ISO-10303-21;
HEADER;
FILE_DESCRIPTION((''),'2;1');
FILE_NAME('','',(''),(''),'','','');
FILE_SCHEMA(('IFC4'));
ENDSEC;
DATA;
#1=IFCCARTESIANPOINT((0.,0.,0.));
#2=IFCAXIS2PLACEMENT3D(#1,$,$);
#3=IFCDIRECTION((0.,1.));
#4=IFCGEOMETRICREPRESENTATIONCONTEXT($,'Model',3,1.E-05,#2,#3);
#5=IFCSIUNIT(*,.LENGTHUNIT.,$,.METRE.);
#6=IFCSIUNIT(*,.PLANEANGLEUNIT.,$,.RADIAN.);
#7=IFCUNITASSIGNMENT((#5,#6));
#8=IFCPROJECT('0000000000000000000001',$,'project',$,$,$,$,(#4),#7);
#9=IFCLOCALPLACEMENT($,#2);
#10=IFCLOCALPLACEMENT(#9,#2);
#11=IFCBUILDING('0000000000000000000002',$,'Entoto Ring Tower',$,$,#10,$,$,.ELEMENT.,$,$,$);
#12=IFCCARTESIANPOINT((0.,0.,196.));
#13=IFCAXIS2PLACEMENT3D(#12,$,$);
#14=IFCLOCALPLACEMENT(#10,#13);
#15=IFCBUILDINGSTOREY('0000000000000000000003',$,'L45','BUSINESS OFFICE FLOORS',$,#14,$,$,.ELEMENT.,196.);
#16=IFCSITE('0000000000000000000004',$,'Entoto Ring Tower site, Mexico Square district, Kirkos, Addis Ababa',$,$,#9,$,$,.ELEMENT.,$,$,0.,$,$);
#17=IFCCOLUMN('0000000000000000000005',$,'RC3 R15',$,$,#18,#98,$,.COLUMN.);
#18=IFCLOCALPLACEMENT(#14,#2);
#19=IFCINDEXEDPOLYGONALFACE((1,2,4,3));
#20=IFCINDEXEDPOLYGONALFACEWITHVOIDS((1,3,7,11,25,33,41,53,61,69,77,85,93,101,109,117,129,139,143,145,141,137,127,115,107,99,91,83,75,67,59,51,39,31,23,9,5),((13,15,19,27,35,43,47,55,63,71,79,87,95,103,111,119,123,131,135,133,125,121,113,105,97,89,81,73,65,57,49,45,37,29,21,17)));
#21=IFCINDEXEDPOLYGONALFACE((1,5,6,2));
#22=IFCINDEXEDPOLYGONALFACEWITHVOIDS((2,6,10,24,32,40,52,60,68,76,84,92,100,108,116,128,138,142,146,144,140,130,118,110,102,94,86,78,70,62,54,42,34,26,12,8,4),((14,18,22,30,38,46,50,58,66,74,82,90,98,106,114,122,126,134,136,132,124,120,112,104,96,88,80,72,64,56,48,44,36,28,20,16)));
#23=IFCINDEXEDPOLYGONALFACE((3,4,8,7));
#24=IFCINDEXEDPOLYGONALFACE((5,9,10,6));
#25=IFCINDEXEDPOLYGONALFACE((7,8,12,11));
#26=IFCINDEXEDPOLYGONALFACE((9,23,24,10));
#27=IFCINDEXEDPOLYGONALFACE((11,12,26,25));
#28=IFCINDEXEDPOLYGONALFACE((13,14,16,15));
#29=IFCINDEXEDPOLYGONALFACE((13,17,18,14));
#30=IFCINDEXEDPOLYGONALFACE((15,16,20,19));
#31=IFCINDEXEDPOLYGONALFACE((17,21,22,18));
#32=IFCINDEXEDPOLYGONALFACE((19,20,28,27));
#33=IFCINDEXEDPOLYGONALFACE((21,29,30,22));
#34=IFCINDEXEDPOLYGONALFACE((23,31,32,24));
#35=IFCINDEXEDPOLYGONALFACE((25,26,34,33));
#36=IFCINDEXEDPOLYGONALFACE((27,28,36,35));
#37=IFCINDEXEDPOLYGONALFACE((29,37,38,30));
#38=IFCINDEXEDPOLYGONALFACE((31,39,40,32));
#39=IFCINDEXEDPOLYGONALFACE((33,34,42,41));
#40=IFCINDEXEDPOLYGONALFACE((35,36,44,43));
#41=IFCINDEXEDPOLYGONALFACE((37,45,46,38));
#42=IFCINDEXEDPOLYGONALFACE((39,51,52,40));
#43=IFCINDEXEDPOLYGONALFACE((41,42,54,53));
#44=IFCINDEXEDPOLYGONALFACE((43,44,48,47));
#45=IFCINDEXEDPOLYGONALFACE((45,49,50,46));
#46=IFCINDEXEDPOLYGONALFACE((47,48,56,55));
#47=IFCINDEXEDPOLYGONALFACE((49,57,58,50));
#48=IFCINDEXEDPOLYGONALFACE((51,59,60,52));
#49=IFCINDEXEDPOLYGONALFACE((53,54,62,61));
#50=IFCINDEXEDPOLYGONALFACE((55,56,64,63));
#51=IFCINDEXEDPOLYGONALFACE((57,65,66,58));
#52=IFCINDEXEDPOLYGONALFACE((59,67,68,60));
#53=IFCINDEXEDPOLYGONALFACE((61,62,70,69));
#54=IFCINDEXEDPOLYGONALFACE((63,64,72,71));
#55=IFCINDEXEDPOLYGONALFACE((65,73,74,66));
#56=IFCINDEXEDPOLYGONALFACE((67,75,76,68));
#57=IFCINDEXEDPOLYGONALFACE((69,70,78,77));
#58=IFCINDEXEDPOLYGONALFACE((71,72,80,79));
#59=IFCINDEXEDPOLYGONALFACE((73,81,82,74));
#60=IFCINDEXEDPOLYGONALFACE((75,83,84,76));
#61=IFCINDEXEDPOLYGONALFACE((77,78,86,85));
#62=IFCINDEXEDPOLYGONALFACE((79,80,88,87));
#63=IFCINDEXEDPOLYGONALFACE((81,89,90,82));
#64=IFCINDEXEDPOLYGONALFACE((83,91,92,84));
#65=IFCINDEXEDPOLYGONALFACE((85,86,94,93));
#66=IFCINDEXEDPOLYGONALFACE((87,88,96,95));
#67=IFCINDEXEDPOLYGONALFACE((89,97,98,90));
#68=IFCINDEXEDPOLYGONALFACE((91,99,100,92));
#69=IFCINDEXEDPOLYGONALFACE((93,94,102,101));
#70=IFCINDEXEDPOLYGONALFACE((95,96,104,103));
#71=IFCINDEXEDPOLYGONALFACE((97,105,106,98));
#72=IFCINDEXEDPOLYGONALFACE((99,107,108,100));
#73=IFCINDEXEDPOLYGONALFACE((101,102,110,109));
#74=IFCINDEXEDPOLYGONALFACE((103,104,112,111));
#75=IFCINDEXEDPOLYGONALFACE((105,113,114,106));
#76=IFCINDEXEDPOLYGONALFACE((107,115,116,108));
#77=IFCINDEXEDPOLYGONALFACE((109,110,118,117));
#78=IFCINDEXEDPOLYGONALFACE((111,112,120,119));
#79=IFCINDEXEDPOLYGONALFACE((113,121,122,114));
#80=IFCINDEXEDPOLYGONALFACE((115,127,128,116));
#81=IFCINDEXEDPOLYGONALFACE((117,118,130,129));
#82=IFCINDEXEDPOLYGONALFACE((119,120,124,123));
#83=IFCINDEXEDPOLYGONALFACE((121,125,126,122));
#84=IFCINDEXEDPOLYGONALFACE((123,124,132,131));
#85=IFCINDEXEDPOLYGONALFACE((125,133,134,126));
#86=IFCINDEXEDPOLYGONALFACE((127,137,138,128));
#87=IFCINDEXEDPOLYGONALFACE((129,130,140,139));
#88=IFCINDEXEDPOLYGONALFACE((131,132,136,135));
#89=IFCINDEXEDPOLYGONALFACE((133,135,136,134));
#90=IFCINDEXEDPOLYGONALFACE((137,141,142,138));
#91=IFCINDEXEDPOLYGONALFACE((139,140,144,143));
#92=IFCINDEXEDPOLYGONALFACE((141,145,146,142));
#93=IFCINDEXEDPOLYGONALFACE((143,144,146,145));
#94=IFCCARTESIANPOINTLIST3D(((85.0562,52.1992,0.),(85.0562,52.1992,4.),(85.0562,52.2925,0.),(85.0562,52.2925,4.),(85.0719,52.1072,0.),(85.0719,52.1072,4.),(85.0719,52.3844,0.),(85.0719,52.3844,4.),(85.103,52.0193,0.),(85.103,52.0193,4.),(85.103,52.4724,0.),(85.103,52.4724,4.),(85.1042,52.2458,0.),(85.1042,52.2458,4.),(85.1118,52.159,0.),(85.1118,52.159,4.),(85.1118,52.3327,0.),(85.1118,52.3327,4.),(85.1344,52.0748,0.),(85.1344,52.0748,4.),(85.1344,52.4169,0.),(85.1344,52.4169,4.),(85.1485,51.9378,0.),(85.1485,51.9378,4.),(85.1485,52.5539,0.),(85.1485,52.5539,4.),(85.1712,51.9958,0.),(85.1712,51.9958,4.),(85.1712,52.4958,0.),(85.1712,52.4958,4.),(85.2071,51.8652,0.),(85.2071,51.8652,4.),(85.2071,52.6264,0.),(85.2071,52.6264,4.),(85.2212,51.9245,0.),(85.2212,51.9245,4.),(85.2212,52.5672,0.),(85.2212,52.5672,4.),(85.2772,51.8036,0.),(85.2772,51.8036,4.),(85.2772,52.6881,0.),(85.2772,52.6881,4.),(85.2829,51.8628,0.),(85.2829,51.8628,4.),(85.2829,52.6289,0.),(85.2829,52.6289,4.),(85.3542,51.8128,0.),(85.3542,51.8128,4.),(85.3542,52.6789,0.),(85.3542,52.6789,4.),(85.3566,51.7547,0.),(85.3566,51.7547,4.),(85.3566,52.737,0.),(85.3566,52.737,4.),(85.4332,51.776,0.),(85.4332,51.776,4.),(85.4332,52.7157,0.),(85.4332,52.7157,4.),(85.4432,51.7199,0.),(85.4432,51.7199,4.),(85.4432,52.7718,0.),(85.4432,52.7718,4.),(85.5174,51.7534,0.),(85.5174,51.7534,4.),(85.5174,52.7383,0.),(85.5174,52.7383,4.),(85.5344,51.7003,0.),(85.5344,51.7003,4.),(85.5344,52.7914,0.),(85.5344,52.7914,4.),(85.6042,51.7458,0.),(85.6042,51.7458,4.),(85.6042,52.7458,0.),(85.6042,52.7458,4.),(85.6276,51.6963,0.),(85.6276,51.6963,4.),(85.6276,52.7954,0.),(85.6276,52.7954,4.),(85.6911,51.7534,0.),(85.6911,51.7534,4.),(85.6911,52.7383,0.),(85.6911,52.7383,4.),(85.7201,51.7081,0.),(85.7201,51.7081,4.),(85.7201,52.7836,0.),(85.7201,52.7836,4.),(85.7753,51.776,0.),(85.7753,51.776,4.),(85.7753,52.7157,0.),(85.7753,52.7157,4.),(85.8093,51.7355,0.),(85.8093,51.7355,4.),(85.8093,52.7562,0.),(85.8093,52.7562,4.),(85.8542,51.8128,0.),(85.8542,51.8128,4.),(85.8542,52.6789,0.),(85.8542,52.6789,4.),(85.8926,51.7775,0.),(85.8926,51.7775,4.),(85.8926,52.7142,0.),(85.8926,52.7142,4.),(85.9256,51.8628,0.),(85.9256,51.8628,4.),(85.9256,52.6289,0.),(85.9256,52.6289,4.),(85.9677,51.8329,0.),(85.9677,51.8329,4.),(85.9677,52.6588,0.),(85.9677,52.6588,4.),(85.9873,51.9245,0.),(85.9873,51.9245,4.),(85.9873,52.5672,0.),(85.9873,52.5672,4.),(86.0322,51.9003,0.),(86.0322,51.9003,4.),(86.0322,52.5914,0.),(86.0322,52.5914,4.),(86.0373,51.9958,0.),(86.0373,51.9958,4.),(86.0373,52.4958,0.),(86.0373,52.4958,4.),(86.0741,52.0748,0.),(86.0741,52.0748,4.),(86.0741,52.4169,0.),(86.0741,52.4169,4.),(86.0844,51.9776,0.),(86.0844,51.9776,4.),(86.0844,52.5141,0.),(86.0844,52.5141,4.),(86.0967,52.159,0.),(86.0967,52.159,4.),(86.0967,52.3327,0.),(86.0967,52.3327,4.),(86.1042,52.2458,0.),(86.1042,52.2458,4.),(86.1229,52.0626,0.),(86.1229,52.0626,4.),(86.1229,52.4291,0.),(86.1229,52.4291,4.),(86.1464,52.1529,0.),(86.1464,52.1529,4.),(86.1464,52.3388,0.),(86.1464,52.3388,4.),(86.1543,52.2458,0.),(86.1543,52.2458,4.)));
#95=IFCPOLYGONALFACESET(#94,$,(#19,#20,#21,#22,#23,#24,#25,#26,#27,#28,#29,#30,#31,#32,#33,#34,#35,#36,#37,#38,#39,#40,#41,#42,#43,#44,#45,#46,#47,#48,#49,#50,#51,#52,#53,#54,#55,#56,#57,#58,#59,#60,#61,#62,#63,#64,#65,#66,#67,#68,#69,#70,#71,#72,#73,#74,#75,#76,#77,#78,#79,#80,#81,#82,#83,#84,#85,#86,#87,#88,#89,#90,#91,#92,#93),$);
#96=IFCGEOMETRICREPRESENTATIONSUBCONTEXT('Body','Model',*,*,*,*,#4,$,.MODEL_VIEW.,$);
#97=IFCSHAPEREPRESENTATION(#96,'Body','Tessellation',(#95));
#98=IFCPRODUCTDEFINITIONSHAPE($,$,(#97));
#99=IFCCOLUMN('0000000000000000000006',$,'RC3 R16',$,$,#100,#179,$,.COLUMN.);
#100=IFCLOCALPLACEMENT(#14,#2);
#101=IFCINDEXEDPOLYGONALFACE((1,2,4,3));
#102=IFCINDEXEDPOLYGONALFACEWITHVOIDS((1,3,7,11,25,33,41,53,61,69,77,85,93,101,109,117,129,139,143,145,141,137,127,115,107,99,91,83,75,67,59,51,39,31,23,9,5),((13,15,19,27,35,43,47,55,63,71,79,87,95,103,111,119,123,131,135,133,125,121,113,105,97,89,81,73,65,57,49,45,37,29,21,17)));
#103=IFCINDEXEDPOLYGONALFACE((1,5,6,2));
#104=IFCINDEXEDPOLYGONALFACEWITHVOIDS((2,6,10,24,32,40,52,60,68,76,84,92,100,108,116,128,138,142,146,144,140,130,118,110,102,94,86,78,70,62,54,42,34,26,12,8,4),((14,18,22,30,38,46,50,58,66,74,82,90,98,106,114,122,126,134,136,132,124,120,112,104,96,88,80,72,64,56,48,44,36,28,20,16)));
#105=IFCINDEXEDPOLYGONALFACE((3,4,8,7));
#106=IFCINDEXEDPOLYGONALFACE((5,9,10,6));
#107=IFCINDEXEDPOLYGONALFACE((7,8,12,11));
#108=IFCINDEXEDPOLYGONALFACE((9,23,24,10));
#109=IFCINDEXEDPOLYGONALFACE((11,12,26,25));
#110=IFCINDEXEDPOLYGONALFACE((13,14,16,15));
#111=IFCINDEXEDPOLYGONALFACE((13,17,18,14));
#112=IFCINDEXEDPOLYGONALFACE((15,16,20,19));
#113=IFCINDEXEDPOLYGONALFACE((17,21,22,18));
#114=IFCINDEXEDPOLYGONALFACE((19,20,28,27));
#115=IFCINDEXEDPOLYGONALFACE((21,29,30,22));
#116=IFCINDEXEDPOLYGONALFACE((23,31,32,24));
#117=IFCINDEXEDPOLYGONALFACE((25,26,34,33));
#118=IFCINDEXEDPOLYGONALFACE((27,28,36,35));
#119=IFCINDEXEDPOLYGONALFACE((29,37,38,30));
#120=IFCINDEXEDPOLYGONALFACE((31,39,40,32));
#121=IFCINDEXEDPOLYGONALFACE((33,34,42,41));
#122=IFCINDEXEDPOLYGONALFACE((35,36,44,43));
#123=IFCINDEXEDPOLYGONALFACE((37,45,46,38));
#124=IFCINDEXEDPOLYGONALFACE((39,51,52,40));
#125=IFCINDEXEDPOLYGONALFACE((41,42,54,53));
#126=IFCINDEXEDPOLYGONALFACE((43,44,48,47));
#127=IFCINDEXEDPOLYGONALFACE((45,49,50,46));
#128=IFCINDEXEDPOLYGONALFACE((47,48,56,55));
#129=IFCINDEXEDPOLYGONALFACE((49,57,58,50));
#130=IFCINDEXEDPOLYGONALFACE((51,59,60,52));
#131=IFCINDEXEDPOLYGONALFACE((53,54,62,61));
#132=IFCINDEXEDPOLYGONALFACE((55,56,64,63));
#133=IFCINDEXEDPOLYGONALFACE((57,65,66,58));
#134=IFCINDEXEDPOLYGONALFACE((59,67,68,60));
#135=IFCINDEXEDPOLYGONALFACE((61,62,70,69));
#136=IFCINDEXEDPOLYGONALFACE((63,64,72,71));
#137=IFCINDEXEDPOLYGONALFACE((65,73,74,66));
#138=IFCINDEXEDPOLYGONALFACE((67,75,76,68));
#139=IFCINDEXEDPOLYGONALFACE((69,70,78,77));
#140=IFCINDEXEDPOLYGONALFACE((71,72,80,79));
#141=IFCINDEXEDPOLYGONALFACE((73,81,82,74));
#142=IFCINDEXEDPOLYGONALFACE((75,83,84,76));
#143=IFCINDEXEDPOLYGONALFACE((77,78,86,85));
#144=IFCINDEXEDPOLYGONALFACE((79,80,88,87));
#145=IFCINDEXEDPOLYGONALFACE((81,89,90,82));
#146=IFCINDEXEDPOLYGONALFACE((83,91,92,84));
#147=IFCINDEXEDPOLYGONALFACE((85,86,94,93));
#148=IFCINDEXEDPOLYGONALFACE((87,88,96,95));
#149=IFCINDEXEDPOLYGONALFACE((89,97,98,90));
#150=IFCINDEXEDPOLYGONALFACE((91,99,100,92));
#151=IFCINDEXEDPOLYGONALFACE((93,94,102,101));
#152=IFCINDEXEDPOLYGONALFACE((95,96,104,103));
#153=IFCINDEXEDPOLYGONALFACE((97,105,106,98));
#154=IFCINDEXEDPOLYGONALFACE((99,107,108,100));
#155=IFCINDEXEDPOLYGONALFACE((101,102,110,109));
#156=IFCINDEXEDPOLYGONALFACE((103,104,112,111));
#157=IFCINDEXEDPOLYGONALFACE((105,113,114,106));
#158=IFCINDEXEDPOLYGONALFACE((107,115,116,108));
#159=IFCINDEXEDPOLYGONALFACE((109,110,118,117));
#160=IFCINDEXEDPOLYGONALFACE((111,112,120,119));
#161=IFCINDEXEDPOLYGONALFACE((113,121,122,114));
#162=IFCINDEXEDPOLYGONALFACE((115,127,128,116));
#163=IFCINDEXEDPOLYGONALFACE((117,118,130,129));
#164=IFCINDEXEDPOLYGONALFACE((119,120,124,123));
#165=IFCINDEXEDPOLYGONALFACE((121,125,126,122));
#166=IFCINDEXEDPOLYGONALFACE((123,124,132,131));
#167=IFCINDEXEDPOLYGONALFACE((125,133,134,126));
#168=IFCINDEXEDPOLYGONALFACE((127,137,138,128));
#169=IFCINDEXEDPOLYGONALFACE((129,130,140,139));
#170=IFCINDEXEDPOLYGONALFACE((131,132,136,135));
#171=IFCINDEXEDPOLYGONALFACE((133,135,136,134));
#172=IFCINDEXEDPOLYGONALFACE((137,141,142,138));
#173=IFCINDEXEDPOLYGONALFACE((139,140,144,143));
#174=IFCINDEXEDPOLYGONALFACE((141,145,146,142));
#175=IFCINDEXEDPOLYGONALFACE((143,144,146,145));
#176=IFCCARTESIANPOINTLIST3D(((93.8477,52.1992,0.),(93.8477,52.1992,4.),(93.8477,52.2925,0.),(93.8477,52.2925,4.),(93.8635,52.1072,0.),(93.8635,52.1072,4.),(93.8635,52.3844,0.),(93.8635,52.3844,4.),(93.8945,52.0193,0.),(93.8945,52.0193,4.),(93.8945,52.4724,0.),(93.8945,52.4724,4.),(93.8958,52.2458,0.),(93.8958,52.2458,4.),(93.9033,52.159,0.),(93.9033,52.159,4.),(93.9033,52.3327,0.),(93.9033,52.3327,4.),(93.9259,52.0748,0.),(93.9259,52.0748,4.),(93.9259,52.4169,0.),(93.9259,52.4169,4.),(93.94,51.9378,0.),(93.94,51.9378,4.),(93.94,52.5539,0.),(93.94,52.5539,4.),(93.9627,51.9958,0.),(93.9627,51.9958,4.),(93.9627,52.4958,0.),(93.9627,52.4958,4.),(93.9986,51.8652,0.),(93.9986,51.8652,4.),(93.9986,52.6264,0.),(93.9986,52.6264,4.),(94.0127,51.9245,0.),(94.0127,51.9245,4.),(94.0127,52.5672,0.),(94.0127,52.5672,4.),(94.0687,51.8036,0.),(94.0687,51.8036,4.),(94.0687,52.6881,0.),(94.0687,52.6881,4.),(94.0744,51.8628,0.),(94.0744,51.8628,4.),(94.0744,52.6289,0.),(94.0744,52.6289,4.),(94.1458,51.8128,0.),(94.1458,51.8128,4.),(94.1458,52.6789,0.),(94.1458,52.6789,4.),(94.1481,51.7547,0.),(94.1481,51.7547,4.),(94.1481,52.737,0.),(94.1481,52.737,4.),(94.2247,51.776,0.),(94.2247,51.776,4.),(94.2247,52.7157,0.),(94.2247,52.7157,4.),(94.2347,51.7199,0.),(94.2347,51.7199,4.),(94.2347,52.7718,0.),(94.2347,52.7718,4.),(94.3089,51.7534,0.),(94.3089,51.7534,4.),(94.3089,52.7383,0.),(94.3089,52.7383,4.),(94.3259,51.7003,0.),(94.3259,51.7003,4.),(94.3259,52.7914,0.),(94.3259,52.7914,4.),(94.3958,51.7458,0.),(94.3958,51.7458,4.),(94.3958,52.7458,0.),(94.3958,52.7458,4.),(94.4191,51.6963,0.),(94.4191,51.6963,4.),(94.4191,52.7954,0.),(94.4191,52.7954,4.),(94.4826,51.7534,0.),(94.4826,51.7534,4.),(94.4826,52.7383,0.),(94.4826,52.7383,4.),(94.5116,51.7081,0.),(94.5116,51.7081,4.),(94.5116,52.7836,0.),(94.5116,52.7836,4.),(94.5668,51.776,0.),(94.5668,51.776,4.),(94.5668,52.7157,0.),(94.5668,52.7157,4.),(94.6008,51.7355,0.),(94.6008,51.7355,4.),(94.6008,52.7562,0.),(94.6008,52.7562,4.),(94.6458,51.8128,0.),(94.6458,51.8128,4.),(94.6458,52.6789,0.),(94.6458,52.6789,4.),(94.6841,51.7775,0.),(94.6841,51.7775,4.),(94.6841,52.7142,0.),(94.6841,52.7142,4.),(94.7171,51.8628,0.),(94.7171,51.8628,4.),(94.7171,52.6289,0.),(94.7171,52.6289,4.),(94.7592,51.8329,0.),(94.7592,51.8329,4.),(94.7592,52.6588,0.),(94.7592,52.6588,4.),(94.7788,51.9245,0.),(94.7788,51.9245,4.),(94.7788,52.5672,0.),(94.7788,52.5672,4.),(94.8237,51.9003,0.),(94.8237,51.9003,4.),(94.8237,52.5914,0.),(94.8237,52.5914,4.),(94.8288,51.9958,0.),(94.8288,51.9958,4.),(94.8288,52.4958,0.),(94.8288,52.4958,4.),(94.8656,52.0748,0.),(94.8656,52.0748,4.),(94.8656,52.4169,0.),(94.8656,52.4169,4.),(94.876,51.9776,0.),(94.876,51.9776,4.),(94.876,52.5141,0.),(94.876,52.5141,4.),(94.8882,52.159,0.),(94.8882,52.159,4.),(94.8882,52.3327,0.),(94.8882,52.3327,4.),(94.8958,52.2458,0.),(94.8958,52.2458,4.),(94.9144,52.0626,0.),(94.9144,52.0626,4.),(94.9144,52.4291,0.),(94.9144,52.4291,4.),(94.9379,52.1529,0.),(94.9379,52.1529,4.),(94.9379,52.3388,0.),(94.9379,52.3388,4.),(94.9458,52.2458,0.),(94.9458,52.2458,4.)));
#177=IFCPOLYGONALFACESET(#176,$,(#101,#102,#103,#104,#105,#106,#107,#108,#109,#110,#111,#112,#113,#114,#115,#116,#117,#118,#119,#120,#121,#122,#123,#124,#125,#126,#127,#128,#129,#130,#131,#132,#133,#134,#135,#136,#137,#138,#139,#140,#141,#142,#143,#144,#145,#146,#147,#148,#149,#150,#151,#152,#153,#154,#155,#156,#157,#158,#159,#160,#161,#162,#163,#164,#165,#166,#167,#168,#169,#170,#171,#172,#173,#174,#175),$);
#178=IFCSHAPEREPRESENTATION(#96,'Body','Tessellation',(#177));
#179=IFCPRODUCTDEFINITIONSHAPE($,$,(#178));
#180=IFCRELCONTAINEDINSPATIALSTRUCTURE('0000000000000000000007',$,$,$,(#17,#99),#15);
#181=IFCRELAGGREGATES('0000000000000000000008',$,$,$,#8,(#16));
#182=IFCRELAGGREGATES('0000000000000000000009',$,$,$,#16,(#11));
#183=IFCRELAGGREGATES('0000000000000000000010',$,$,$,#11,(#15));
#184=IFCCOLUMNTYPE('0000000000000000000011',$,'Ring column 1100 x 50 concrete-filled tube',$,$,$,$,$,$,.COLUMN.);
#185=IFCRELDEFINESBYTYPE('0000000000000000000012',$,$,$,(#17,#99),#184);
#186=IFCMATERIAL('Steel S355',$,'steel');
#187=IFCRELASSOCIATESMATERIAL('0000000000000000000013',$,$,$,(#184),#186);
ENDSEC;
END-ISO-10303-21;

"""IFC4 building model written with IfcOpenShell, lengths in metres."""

from ifc_helpers import new_model, si_unit, direction, frame, origin, origin_2d, place, context, subcontext, project, spatial, circle, hollow_circle, extrude, material, material_profile, profile_set, type_object, element, save


model = new_model("IFC4")

# Units and contexts
model_context = context("Model", 3, precision=1e-05, world=origin(), true_north=direction((0.0, 1.0)))
body_context = subcontext(model_context, "Body", "Model", "MODEL_VIEW")
ifc_project = project(units=[si_unit("LENGTHUNIT", "METRE"), si_unit("PLANEANGLEUNIT", "RADIAN")], contexts=[model_context])

# Site, building, storey
site_placement = place(None, origin())
site = spatial("IfcSite", under=ifc_project, at=site_placement, Name="Entoto Ring Tower site, Mexico Square district, Kirkos, Addis Ababa", CompositionType="ELEMENT", RefElevation=0.0)
building_placement = place(site_placement, origin())
building = spatial("IfcBuilding", under=site, at=building_placement, Name="Entoto Ring Tower", CompositionType="ELEMENT")
storey_placement = place(building_placement, frame((0.0, 0.0, 196.0)))
storey = spatial("IfcBuildingStorey", under=building, at=storey_placement, Name="L45", Description="BUSINESS OFFICE FLOORS", CompositionType="ELEMENT", Elevation=196.0)

# Columns
ifc_material_1 = material(Name="Steel S355", Category="steel")
ifc_material_profile_1 = material_profile(ifc_material_1, hollow_circle(Radius=0.55, WallThickness=0.05, at=origin_2d()), Name="CHS 1100 x 50")
ifc_material_2 = material(Name="Concrete C60/75", Category="concrete")
ifc_material_profile_2 = material_profile(ifc_material_2, circle(Radius=0.5, at=origin_2d()), Name="Concrete C60/75 infill")
ifc_profile_set_1 = profile_set([ifc_material_profile_1, ifc_material_profile_2], Name="Steel S355")
column_type = type_object("IfcColumnType", Name="Ring column 1100 x 50 concrete-filled tube", PredefinedType="COLUMN", material=ifc_profile_set_1)
for number, where, z_axis, x_axis, name in (
    (1, (85.6042, 52.2458, 0.0), (0.0, 0.0, 1.0), (1.0, 0.0, 0.0), "RC3 R15"),
    (2, (94.3958, 52.2458, 0.0), (0.0, 0.0, 1.0), (1.0, 0.0, 0.0), "RC3 R16"),
):
    element("IfcColumn", number, at=place(storey_placement, frame(where, z_axis=z_axis, x_axis=x_axis)), inside=storey, type_object=column_type, Name=name, PredefinedType="COLUMN", context=body_context, shape_type="SweptSolid", body=[
        extrude(hollow_circle(Radius=0.55, WallThickness=0.05, at=origin_2d()), origin(), (0.0, 0.0, 1.0), 4.0),
    ])

save(model, "model.ifc")
